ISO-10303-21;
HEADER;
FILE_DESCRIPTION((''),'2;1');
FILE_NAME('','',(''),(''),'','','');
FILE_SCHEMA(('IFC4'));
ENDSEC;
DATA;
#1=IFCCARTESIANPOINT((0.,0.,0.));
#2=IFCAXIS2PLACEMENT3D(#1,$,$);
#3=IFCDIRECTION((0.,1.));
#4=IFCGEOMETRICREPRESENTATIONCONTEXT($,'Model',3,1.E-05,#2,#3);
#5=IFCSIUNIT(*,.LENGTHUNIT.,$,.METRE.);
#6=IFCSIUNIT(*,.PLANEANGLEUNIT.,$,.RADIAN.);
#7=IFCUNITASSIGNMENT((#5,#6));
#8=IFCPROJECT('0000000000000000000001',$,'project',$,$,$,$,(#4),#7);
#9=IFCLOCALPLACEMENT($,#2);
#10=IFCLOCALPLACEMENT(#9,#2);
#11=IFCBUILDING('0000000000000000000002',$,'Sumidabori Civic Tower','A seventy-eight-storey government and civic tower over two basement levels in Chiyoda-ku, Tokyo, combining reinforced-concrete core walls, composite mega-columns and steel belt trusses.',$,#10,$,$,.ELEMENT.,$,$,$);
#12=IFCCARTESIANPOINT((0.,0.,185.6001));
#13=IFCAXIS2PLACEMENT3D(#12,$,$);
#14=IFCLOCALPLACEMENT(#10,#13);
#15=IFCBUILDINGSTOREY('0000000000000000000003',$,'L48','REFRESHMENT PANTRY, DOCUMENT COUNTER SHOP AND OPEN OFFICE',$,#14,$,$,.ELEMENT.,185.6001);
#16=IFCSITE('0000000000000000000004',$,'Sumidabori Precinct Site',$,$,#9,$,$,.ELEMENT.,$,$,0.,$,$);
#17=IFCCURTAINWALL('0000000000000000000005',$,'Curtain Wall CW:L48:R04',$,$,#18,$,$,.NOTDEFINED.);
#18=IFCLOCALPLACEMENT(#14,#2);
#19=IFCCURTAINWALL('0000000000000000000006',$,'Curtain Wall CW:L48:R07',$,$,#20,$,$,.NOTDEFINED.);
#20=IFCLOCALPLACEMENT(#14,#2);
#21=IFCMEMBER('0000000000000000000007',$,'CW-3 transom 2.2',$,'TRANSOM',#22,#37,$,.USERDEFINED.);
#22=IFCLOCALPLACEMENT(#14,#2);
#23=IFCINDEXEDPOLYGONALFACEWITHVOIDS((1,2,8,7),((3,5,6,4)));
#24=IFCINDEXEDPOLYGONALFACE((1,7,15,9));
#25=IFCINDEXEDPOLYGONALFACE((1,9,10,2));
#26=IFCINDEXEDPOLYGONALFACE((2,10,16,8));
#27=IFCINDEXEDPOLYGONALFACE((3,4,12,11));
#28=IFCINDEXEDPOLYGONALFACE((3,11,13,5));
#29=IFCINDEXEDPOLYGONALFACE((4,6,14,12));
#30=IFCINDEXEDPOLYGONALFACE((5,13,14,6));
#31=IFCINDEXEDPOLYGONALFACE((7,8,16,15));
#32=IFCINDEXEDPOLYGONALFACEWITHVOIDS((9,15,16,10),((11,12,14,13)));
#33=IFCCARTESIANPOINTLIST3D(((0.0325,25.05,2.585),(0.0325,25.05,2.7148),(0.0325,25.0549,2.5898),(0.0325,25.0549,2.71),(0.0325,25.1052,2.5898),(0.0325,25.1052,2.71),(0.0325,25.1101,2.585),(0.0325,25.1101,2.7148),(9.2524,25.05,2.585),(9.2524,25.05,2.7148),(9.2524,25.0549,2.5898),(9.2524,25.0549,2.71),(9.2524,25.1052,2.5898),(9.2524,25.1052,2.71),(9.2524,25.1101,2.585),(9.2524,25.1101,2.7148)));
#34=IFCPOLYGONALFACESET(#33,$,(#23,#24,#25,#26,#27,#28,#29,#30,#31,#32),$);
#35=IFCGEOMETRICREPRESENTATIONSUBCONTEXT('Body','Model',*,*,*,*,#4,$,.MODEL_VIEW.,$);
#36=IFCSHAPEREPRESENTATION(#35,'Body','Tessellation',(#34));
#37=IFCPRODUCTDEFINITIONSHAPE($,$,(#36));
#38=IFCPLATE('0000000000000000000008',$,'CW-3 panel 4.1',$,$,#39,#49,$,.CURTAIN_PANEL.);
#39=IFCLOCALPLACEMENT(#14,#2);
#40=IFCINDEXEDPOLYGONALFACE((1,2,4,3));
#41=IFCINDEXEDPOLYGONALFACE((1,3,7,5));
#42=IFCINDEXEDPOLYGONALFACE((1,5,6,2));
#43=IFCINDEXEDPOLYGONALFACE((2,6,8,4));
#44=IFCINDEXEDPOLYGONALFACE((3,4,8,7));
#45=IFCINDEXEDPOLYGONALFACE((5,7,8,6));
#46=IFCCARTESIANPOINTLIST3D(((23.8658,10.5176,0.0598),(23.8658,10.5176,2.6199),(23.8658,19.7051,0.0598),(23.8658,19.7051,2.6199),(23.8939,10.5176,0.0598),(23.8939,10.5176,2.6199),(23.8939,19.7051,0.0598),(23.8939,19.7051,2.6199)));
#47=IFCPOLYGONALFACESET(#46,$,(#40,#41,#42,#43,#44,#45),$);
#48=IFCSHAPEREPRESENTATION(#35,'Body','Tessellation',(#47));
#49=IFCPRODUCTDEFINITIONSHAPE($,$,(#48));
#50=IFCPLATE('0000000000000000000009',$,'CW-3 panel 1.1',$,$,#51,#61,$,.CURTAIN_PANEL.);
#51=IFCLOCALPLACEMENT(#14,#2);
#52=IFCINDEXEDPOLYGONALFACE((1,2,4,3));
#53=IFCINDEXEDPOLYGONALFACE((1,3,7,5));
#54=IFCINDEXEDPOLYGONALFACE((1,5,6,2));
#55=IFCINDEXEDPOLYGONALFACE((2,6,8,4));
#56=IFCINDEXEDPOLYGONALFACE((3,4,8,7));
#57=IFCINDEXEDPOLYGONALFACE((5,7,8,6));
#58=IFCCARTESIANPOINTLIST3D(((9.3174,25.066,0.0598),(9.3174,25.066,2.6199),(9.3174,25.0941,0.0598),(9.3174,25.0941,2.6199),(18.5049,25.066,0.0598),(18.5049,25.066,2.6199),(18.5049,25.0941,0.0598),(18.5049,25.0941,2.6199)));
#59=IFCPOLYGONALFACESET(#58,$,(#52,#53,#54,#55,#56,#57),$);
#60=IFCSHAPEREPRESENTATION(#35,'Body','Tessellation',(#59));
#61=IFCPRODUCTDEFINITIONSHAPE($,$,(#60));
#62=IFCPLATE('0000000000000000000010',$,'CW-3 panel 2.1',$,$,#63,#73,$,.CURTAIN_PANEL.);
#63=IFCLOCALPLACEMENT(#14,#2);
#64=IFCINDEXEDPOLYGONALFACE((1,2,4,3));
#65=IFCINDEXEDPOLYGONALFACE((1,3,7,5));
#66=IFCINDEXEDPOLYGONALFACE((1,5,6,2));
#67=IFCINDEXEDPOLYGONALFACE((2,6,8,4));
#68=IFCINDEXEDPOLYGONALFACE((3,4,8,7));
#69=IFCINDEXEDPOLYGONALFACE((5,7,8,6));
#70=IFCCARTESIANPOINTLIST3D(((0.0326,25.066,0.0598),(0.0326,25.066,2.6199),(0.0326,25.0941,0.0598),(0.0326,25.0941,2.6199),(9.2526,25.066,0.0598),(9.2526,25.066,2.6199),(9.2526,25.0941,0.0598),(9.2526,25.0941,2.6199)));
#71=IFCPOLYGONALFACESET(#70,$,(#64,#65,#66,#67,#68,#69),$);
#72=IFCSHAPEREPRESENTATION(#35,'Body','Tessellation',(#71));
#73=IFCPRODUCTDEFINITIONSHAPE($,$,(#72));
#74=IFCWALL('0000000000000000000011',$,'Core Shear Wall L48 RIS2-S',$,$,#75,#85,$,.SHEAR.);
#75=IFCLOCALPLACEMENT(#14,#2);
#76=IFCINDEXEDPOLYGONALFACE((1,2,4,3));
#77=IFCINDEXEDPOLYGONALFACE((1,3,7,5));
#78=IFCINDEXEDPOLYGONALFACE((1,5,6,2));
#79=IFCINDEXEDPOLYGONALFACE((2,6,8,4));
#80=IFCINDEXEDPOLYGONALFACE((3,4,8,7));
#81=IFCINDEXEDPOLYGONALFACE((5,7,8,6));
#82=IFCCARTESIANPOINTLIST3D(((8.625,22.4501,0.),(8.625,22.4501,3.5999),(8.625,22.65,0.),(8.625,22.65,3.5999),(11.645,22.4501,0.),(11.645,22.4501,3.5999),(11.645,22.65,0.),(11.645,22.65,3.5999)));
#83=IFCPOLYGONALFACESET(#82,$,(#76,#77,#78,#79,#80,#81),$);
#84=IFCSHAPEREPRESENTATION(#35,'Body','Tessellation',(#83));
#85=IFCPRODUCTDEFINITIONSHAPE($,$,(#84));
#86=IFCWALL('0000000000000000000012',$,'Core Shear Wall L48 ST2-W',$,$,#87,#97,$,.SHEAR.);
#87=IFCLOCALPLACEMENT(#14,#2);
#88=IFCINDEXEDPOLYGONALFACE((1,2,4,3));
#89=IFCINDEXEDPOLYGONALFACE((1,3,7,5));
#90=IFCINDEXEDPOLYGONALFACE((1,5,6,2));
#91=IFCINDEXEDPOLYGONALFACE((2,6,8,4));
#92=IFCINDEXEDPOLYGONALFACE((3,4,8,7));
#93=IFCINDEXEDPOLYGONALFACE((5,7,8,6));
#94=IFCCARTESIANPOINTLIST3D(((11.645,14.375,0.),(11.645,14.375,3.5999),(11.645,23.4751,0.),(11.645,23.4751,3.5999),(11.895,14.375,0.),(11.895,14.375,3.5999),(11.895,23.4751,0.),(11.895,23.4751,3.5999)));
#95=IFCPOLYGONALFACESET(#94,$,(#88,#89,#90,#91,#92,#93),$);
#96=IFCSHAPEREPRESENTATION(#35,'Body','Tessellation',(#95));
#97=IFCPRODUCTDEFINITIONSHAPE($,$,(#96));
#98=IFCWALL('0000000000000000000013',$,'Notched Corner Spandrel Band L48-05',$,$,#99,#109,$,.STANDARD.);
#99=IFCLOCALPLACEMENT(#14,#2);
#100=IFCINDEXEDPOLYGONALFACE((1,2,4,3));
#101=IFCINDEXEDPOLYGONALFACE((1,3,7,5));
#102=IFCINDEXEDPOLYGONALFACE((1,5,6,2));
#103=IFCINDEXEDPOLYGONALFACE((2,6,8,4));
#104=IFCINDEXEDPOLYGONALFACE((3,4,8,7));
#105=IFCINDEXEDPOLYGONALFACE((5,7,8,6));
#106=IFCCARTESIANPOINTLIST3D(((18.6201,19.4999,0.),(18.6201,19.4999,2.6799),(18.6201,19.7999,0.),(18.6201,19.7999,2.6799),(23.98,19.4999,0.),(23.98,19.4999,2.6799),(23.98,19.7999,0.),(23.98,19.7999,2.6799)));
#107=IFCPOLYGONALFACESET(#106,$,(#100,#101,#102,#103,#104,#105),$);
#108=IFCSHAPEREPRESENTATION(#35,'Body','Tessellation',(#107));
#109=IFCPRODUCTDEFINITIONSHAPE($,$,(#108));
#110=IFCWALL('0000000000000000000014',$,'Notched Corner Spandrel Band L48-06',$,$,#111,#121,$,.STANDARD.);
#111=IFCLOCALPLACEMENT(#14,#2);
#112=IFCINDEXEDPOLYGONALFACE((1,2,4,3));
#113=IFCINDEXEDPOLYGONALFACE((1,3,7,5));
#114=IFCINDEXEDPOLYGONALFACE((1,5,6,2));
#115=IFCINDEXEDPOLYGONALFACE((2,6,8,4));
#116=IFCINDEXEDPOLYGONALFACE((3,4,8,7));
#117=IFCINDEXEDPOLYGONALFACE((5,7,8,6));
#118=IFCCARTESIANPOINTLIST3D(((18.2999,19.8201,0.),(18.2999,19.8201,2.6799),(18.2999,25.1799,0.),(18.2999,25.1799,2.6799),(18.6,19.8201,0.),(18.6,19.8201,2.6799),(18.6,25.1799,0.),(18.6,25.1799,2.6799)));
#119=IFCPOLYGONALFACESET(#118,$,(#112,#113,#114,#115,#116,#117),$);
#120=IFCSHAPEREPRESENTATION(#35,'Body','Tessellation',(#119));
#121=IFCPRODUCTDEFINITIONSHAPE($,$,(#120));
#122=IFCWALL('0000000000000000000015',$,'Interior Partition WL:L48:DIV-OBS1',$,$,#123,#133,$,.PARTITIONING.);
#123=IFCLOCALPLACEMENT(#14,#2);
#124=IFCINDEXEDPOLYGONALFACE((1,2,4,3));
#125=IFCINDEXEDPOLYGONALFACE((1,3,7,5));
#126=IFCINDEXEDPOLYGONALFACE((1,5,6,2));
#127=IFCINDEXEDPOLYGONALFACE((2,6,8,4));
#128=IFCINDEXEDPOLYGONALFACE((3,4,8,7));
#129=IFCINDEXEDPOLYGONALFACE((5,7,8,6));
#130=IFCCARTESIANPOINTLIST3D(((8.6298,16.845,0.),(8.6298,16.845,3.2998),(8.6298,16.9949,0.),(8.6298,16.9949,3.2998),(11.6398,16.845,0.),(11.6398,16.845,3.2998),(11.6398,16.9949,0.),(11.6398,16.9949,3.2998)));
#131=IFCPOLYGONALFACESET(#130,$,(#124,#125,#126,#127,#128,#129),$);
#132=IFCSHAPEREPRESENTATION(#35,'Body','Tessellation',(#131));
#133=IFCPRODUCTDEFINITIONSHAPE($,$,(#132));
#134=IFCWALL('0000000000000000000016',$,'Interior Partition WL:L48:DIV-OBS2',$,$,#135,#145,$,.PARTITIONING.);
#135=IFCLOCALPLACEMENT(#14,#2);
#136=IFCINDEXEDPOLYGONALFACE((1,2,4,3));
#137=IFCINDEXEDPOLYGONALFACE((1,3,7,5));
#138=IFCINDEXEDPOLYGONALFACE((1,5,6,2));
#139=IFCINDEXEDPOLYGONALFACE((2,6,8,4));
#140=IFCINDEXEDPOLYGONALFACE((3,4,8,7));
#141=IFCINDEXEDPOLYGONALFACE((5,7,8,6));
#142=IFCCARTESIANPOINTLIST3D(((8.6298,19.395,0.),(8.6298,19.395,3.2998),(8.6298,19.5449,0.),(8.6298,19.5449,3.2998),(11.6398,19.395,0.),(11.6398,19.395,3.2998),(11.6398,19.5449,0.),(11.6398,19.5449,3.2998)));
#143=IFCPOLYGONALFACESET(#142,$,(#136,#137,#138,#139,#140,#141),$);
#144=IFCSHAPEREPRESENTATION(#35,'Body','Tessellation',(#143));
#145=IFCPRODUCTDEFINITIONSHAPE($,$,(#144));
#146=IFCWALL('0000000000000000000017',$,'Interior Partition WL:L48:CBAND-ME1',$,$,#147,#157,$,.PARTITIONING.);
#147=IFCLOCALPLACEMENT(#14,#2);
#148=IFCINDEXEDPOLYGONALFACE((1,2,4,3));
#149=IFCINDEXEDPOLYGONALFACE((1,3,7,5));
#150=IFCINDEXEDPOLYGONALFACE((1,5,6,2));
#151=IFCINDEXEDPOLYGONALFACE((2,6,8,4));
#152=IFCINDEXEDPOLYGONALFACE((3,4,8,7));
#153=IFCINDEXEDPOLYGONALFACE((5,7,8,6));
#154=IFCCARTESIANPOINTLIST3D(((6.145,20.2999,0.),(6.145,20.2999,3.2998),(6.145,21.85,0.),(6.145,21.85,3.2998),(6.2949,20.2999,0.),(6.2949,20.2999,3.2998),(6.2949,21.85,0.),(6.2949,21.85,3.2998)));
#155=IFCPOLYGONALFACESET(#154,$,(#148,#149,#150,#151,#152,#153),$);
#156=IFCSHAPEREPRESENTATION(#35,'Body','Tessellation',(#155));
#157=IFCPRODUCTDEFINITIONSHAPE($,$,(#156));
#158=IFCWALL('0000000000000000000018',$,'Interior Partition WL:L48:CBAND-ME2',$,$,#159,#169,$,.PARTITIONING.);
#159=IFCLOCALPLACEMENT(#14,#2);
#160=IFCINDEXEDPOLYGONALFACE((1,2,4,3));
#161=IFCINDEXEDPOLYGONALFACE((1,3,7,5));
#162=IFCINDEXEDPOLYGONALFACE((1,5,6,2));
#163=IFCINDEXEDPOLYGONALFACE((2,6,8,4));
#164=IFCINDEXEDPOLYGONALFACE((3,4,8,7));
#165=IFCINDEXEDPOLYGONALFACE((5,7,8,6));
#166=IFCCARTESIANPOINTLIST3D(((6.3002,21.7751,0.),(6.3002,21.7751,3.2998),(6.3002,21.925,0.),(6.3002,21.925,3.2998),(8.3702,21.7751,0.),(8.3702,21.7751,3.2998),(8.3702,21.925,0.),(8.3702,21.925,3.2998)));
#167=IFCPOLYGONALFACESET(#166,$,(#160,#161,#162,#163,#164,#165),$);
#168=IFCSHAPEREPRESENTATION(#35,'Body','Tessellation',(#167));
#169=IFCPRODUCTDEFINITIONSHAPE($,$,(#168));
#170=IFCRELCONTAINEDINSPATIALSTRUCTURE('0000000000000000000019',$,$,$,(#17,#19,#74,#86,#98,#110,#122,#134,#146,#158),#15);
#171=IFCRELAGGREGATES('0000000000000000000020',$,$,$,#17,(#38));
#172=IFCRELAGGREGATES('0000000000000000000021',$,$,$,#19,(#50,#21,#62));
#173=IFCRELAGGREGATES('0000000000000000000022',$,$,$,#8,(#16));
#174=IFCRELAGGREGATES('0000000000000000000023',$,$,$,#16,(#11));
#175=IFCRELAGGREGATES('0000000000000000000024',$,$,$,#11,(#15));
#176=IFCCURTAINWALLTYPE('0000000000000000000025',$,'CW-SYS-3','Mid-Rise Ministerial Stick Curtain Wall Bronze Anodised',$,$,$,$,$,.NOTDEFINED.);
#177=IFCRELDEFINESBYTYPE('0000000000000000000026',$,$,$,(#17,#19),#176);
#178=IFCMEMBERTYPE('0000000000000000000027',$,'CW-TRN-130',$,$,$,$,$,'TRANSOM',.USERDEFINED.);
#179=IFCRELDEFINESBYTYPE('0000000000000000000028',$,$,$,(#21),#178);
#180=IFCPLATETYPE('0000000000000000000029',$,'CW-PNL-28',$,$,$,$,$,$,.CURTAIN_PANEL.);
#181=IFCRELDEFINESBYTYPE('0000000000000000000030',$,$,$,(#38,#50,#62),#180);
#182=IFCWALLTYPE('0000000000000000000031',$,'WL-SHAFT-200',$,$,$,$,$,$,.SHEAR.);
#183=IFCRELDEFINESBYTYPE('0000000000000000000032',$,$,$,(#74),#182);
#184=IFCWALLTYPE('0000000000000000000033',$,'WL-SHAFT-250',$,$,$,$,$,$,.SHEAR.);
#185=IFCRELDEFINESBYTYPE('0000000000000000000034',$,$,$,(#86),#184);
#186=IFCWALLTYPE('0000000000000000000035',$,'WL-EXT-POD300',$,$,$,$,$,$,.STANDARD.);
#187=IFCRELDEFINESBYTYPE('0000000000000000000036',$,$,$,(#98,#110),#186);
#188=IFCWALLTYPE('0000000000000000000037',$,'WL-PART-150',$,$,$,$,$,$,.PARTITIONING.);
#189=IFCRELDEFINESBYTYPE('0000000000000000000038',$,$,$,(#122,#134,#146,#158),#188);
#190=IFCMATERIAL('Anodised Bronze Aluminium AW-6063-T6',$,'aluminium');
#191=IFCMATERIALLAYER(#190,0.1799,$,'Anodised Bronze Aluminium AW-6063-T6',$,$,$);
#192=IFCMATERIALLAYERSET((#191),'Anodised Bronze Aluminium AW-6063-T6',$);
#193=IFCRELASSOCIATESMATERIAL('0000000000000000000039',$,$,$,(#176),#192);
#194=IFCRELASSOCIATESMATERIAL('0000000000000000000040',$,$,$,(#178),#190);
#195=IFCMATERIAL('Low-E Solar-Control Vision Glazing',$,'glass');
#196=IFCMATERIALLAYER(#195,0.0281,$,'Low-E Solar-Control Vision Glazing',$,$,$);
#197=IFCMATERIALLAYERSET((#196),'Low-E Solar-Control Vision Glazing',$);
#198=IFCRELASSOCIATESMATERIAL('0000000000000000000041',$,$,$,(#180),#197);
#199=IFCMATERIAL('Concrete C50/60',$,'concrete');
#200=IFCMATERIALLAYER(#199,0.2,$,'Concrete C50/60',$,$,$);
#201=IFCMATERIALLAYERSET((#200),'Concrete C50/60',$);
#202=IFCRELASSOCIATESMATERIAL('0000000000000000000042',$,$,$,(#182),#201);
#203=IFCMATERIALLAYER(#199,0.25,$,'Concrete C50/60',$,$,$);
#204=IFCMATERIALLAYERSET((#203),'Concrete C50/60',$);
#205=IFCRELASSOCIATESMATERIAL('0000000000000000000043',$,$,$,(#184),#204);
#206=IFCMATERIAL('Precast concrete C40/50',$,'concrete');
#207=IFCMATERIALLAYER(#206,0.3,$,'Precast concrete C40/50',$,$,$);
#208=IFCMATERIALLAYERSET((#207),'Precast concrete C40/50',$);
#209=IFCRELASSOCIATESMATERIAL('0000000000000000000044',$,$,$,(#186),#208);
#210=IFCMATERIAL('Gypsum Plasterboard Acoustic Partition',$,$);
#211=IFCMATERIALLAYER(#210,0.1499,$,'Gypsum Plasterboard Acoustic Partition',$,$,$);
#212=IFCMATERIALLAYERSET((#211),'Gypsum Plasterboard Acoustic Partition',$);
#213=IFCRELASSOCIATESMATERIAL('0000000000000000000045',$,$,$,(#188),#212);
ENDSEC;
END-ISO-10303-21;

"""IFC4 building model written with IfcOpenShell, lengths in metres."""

from ifc_helpers import new_model, si_unit, direction, frame, frame_2d, origin, origin_2d, place, context, subcontext, project, spatial, rectangle, hollow_rectangle, extrude, source, transform, mapped, material, layer, layer_set, material_profile, profile_set, type_object, element, aggregate, save


model = new_model("IFC4")

# Units and contexts
model_context = context("Model", 3, precision=1e-05, world=origin(), true_north=direction((0.0, 1.0)))
body_context = subcontext(model_context, "Body", "Model", "MODEL_VIEW")
ifc_project = project(units=[si_unit("LENGTHUNIT", "METRE"), si_unit("PLANEANGLEUNIT", "RADIAN")], contexts=[model_context])

# Site, building, storey
site_placement = place(None, origin())
site = spatial("IfcSite", under=ifc_project, at=site_placement, Name="Sumidabori Precinct Site", CompositionType="ELEMENT", RefElevation=0.0)
building_placement = place(site_placement, origin())
building = spatial("IfcBuilding", under=site, at=building_placement, Name="Sumidabori Civic Tower", Description="A seventy-eight-storey government and civic tower over two basement levels in Chiyoda-ku, Tokyo, combining reinforced-concrete core walls, composite mega-columns and steel belt trusses.", CompositionType="ELEMENT")
storey_placement = place(building_placement, frame((0.0, 0.0, 185.6001)))
storey = spatial("IfcBuildingStorey", under=building, at=storey_placement, Name="L48", Description="REFRESHMENT PANTRY, DOCUMENT COUNTER SHOP AND OPEN OFFICE", CompositionType="ELEMENT", Elevation=185.6001)

# Curtain wall
ifc_material_1 = material(Name="Anodised Bronze Aluminium AW-6063-T6", Category="aluminium")
ifc_layer_1 = layer(ifc_material_1, 0.1799, Name="Anodised Bronze Aluminium AW-6063-T6")
ifc_layer_set_1 = layer_set([ifc_layer_1], Name="Anodised Bronze Aluminium AW-6063-T6")
curtain_wall_type = type_object("IfcCurtainWallType", Name="CW-SYS-3", Description="Mid-Rise Ministerial Stick Curtain Wall Bronze Anodised", PredefinedType="NOTDEFINED", material=ifc_layer_set_1)
curtain_wall_1_placement = place(storey_placement, origin())
curtain_wall_1 = element("IfcCurtainWall", 1, at=curtain_wall_1_placement, inside=storey, type_object=curtain_wall_type, Name="Curtain Wall CW:L48:R04", PredefinedType="NOTDEFINED")

# Curtain wall, member
curtain_wall_2_placement = place(storey_placement, origin())
curtain_wall_2 = element("IfcCurtainWall", 2, at=curtain_wall_2_placement, inside=storey, type_object=curtain_wall_type, Name="Curtain Wall CW:L48:R07", PredefinedType="NOTDEFINED")
ifc_material_profile_1 = material_profile(ifc_material_1, hollow_rectangle(XDim=0.0601, YDim=0.1299, WallThickness=0.0049, at=origin_2d()), Name="ALU TRANSOM 130x60")
ifc_profile_set_1 = profile_set([ifc_material_profile_1], Name="Anodised Bronze Aluminium AW-6063-T6")
member_type_1 = type_object("IfcMemberType", Name="CW-TRN-130", ElementType="TRANSOM", PredefinedType="USERDEFINED", material=ifc_profile_set_1)
shared_shape_1 = source(origin(), body_context, "Body", "SweptSolid", [
    extrude(hollow_rectangle(XDim=0.0601, YDim=0.1299, WallThickness=0.0049, at=origin_2d()), origin(), (0.0, 0.0, 1.0), 9.22),
])
member_1_placement = place(storey_placement, frame((9.2524, 25.0801, 2.6499), z_axis=(-1.0, 0.0, 0.0), x_axis=(0.0, -1.0, 0.0)))
member_1 = element("IfcMember", 3, at=member_1_placement, type_object=member_type_1, Name="CW-3 transom 2.2", ObjectType="TRANSOM", PredefinedType="USERDEFINED", context=body_context, shape_type="MappedRepresentation", body=[
    mapped(shared_shape_1, transform((0.0, 0.0, 0.0), x_axis=(1.0, 0.0, 0.0), y_axis=(0.0, 1.0, 0.0), z_axis=(0.0, 0.0, 1.0), scale=1.0)),
])

# Plates
ifc_material_2 = material(Name="Low-E Solar-Control Vision Glazing", Category="glass")
ifc_layer_2 = layer(ifc_material_2, 0.0281, Name="Low-E Solar-Control Vision Glazing")
ifc_layer_set_2 = layer_set([ifc_layer_2], Name="Low-E Solar-Control Vision Glazing")
plate_type = type_object("IfcPlateType", Name="CW-PNL-28", PredefinedType="CURTAIN_PANEL", material=ifc_layer_set_2)
shared_shape_2 = source(origin(), body_context, "Body", "SweptSolid", [
    extrude(rectangle(XDim=9.1875, YDim=0.0281, at=origin_2d()), origin(), (0.0, 0.0, 1.0), 2.5601),
])
plate_1_placement = place(storey_placement, frame((23.8799, 15.1113, 0.0598), z_axis=(0.0, 0.0, 1.0), x_axis=(0.0, 1.0, 0.0)))
plate_1 = element("IfcPlate", 4, at=plate_1_placement, type_object=plate_type, Name="CW-3 panel 4.1", PredefinedType="CURTAIN_PANEL", context=body_context, shape_type="MappedRepresentation", body=[
    mapped(shared_shape_2, transform((0.0, 0.0, 0.0), x_axis=(1.0, 0.0, 0.0), y_axis=(0.0, 1.0, 0.0), z_axis=(0.0, 0.0, 1.0), scale=1.0)),
])
aggregate(curtain_wall_1, [plate_1])
plate_2_placement = place(storey_placement, frame((13.9111, 25.0801, 0.0598), z_axis=(0.0, 0.0, 1.0), x_axis=(-1.0, 0.0, 0.0)))
plate_2 = element("IfcPlate", 5, at=plate_2_placement, type_object=plate_type, Name="CW-3 panel 1.1", PredefinedType="CURTAIN_PANEL", context=body_context, shape_type="MappedRepresentation", body=[
    mapped(shared_shape_2, transform((0.0, 0.0, 0.0), x_axis=(1.0, 0.0, 0.0), y_axis=(0.0, 1.0, 0.0), z_axis=(0.0, 0.0, 1.0), scale=1.0)),
])
shared_shape_3 = source(origin(), body_context, "Body", "SweptSolid", [
    extrude(rectangle(XDim=9.22, YDim=0.0281, at=origin_2d()), origin(), (0.0, 0.0, 1.0), 2.5601),
])
plate_3_placement = place(storey_placement, frame((4.6426, 25.0801, 0.0598), z_axis=(0.0, 0.0, 1.0), x_axis=(-1.0, 0.0, 0.0)))
plate_3 = element("IfcPlate", 6, at=plate_3_placement, type_object=plate_type, Name="CW-3 panel 2.1", PredefinedType="CURTAIN_PANEL", context=body_context, shape_type="MappedRepresentation", body=[
    mapped(shared_shape_3, transform((0.0, 0.0, 0.0), x_axis=(1.0, 0.0, 0.0), y_axis=(0.0, 1.0, 0.0), z_axis=(0.0, 0.0, 1.0), scale=1.0)),
])
aggregate(curtain_wall_2, [plate_2, member_1, plate_3])

# Wall
ifc_material_3 = material(Name="Concrete C50/60", Category="concrete")
ifc_layer_3 = layer(ifc_material_3, 0.2, Name="Concrete C50/60")
ifc_layer_set_3 = layer_set([ifc_layer_3], Name="Concrete C50/60")
wall_type_1 = type_object("IfcWallType", Name="WL-SHAFT-200", PredefinedType="SHEAR", material=ifc_layer_set_3)
shared_shape_4 = source(origin(), body_context, "Body", "SweptSolid", [
    extrude(rectangle(XDim=3.02, YDim=0.2, at=frame_2d((1.51, 0.0))), origin(), (0.0, 0.0, 1.0), 3.5999),
])
wall_1_placement = place(storey_placement, frame((8.625, 22.55, 0.0), z_axis=(0.0, 0.0, 1.0), x_axis=(1.0, 0.0, 0.0)))
element("IfcWall", 7, at=wall_1_placement, inside=storey, type_object=wall_type_1, Name="Core Shear Wall L48 RIS2-S", PredefinedType="SHEAR", context=body_context, shape_type="MappedRepresentation", body=[
    mapped(shared_shape_4, transform((0.0, 0.0, 0.0), x_axis=(1.0, 0.0, 0.0), y_axis=(0.0, 1.0, 0.0), z_axis=(0.0, 0.0, 1.0), scale=1.0)),
])

# Shared definitions
ifc_layer_4 = layer(ifc_material_3, 0.25, Name="Concrete C50/60")
ifc_layer_set_4 = layer_set([ifc_layer_4], Name="Concrete C50/60")
wall_type_2 = type_object("IfcWallType", Name="WL-SHAFT-250", PredefinedType="SHEAR", material=ifc_layer_set_4)

# Walls
shared_shape_5 = source(origin(), body_context, "Body", "SweptSolid", [
    extrude(rectangle(XDim=9.1001, YDim=0.25, at=frame_2d((4.55, 0.0))), origin(), (0.0, 0.0, 1.0), 3.5999),
])
wall_2_placement = place(storey_placement, frame((11.77, 14.375, 0.0), z_axis=(0.0, 0.0, 1.0), x_axis=(0.0, 1.0, 0.0)))
element("IfcWall", 8, at=wall_2_placement, inside=storey, type_object=wall_type_2, Name="Core Shear Wall L48 ST2-W", PredefinedType="SHEAR", context=body_context, shape_type="MappedRepresentation", body=[
    mapped(shared_shape_5, transform((0.0, 0.0, 0.0), x_axis=(1.0, 0.0, 0.0), y_axis=(0.0, 1.0, 0.0), z_axis=(0.0, 0.0, 1.0), scale=1.0)),
])
ifc_material_4 = material(Name="Precast concrete C40/50", Category="concrete")
ifc_layer_5 = layer(ifc_material_4, 0.3, Name="Precast concrete C40/50")
ifc_layer_set_5 = layer_set([ifc_layer_5], Name="Precast concrete C40/50")
wall_type_3 = type_object("IfcWallType", Name="WL-EXT-POD300", PredefinedType="STANDARD", material=ifc_layer_set_5)
shared_shape_6 = source(origin(), body_context, "Body", "SweptSolid", [
    extrude(rectangle(XDim=5.3599, YDim=0.3, at=frame_2d((2.6799, 0.0))), origin(), (0.0, 0.0, 1.0), 2.6799),
])
for number, where, z_axis, x_axis, name in (
    (9, (23.98, 19.6499, 0.0), (0.0, 0.0, 1.0), (-1.0, 0.0, 0.0), "Notched Corner Spandrel Band L48-05"),
    (10, (18.45, 19.8201, 0.0), (0.0, 0.0, 1.0), (0.0, 1.0, 0.0), "Notched Corner Spandrel Band L48-06"),
):
    element("IfcWall", number, at=place(storey_placement, frame(where, z_axis=z_axis, x_axis=x_axis)), inside=storey, type_object=wall_type_3, Name=name, PredefinedType="STANDARD", context=body_context, shape_type="MappedRepresentation", body=[
        mapped(shared_shape_6, transform((0.0, 0.0, 0.0), x_axis=(1.0, 0.0, 0.0), y_axis=(0.0, 1.0, 0.0), z_axis=(0.0, 0.0, 1.0), scale=1.0)),
    ])
ifc_material_5 = material(Name="Gypsum Plasterboard Acoustic Partition")
ifc_layer_6 = layer(ifc_material_5, 0.1499, Name="Gypsum Plasterboard Acoustic Partition")
ifc_layer_set_6 = layer_set([ifc_layer_6], Name="Gypsum Plasterboard Acoustic Partition")
wall_type_4 = type_object("IfcWallType", Name="WL-PART-150", PredefinedType="PARTITIONING", material=ifc_layer_set_6)
shared_shape_7 = source(origin(), body_context, "Body", "SweptSolid", [
    extrude(rectangle(XDim=3.01, YDim=0.1499, at=frame_2d((1.5049, 0.0))), origin(), (0.0, 0.0, 1.0), 3.2998),
])
for number, where, z_axis, x_axis, name in (
    (11, (8.6299, 16.9199, 0.0), (0.0, 0.0, 1.0), (1.0, 0.0, 0.0), "Interior Partition WL:L48:DIV-OBS1"),
    (12, (8.6299, 19.47, 0.0), (0.0, 0.0, 1.0), (1.0, 0.0, 0.0), "Interior Partition WL:L48:DIV-OBS2"),
):
    element("IfcWall", number, at=place(storey_placement, frame(where, z_axis=z_axis, x_axis=x_axis)), inside=storey, type_object=wall_type_4, Name=name, PredefinedType="PARTITIONING", context=body_context, shape_type="MappedRepresentation", body=[
        mapped(shared_shape_7, transform((0.0, 0.0, 0.0), x_axis=(1.0, 0.0, 0.0), y_axis=(0.0, 1.0, 0.0), z_axis=(0.0, 0.0, 1.0), scale=1.0)),
    ])
shared_shape_8 = source(origin(), body_context, "Body", "SweptSolid", [
    extrude(rectangle(XDim=1.55, YDim=0.1499, at=frame_2d((0.7749, 0.0))), origin(), (0.0, 0.0, 1.0), 3.2998),
])
wall_3_placement = place(storey_placement, frame((6.22, 20.3, 0.0), z_axis=(0.0, 0.0, 1.0), x_axis=(0.0, 1.0, 0.0)))
element("IfcWall", 13, at=wall_3_placement, inside=storey, type_object=wall_type_4, Name="Interior Partition WL:L48:CBAND-ME1", PredefinedType="PARTITIONING", context=body_context, shape_type="MappedRepresentation", body=[
    mapped(shared_shape_8, transform((0.0, 0.0, 0.0), x_axis=(1.0, 0.0, 0.0), y_axis=(0.0, 1.0, 0.0), z_axis=(0.0, 0.0, 1.0), scale=1.0)),
])
shared_shape_9 = source(origin(), body_context, "Body", "SweptSolid", [
    extrude(rectangle(XDim=2.0701, YDim=0.1499, at=frame_2d((1.0352, 0.0))), origin(), (0.0, 0.0, 1.0), 3.2998),
])
wall_4_placement = place(storey_placement, frame((6.3, 21.8501, 0.0), z_axis=(0.0, 0.0, 1.0), x_axis=(1.0, 0.0, 0.0)))
element("IfcWall", 14, at=wall_4_placement, inside=storey, type_object=wall_type_4, Name="Interior Partition WL:L48:CBAND-ME2", PredefinedType="PARTITIONING", context=body_context, shape_type="MappedRepresentation", body=[
    mapped(shared_shape_9, transform((0.0, 0.0, 0.0), x_axis=(1.0, 0.0, 0.0), y_axis=(0.0, 1.0, 0.0), z_axis=(0.0, 0.0, 1.0), scale=1.0)),
])

save(model, "model.ifc")
